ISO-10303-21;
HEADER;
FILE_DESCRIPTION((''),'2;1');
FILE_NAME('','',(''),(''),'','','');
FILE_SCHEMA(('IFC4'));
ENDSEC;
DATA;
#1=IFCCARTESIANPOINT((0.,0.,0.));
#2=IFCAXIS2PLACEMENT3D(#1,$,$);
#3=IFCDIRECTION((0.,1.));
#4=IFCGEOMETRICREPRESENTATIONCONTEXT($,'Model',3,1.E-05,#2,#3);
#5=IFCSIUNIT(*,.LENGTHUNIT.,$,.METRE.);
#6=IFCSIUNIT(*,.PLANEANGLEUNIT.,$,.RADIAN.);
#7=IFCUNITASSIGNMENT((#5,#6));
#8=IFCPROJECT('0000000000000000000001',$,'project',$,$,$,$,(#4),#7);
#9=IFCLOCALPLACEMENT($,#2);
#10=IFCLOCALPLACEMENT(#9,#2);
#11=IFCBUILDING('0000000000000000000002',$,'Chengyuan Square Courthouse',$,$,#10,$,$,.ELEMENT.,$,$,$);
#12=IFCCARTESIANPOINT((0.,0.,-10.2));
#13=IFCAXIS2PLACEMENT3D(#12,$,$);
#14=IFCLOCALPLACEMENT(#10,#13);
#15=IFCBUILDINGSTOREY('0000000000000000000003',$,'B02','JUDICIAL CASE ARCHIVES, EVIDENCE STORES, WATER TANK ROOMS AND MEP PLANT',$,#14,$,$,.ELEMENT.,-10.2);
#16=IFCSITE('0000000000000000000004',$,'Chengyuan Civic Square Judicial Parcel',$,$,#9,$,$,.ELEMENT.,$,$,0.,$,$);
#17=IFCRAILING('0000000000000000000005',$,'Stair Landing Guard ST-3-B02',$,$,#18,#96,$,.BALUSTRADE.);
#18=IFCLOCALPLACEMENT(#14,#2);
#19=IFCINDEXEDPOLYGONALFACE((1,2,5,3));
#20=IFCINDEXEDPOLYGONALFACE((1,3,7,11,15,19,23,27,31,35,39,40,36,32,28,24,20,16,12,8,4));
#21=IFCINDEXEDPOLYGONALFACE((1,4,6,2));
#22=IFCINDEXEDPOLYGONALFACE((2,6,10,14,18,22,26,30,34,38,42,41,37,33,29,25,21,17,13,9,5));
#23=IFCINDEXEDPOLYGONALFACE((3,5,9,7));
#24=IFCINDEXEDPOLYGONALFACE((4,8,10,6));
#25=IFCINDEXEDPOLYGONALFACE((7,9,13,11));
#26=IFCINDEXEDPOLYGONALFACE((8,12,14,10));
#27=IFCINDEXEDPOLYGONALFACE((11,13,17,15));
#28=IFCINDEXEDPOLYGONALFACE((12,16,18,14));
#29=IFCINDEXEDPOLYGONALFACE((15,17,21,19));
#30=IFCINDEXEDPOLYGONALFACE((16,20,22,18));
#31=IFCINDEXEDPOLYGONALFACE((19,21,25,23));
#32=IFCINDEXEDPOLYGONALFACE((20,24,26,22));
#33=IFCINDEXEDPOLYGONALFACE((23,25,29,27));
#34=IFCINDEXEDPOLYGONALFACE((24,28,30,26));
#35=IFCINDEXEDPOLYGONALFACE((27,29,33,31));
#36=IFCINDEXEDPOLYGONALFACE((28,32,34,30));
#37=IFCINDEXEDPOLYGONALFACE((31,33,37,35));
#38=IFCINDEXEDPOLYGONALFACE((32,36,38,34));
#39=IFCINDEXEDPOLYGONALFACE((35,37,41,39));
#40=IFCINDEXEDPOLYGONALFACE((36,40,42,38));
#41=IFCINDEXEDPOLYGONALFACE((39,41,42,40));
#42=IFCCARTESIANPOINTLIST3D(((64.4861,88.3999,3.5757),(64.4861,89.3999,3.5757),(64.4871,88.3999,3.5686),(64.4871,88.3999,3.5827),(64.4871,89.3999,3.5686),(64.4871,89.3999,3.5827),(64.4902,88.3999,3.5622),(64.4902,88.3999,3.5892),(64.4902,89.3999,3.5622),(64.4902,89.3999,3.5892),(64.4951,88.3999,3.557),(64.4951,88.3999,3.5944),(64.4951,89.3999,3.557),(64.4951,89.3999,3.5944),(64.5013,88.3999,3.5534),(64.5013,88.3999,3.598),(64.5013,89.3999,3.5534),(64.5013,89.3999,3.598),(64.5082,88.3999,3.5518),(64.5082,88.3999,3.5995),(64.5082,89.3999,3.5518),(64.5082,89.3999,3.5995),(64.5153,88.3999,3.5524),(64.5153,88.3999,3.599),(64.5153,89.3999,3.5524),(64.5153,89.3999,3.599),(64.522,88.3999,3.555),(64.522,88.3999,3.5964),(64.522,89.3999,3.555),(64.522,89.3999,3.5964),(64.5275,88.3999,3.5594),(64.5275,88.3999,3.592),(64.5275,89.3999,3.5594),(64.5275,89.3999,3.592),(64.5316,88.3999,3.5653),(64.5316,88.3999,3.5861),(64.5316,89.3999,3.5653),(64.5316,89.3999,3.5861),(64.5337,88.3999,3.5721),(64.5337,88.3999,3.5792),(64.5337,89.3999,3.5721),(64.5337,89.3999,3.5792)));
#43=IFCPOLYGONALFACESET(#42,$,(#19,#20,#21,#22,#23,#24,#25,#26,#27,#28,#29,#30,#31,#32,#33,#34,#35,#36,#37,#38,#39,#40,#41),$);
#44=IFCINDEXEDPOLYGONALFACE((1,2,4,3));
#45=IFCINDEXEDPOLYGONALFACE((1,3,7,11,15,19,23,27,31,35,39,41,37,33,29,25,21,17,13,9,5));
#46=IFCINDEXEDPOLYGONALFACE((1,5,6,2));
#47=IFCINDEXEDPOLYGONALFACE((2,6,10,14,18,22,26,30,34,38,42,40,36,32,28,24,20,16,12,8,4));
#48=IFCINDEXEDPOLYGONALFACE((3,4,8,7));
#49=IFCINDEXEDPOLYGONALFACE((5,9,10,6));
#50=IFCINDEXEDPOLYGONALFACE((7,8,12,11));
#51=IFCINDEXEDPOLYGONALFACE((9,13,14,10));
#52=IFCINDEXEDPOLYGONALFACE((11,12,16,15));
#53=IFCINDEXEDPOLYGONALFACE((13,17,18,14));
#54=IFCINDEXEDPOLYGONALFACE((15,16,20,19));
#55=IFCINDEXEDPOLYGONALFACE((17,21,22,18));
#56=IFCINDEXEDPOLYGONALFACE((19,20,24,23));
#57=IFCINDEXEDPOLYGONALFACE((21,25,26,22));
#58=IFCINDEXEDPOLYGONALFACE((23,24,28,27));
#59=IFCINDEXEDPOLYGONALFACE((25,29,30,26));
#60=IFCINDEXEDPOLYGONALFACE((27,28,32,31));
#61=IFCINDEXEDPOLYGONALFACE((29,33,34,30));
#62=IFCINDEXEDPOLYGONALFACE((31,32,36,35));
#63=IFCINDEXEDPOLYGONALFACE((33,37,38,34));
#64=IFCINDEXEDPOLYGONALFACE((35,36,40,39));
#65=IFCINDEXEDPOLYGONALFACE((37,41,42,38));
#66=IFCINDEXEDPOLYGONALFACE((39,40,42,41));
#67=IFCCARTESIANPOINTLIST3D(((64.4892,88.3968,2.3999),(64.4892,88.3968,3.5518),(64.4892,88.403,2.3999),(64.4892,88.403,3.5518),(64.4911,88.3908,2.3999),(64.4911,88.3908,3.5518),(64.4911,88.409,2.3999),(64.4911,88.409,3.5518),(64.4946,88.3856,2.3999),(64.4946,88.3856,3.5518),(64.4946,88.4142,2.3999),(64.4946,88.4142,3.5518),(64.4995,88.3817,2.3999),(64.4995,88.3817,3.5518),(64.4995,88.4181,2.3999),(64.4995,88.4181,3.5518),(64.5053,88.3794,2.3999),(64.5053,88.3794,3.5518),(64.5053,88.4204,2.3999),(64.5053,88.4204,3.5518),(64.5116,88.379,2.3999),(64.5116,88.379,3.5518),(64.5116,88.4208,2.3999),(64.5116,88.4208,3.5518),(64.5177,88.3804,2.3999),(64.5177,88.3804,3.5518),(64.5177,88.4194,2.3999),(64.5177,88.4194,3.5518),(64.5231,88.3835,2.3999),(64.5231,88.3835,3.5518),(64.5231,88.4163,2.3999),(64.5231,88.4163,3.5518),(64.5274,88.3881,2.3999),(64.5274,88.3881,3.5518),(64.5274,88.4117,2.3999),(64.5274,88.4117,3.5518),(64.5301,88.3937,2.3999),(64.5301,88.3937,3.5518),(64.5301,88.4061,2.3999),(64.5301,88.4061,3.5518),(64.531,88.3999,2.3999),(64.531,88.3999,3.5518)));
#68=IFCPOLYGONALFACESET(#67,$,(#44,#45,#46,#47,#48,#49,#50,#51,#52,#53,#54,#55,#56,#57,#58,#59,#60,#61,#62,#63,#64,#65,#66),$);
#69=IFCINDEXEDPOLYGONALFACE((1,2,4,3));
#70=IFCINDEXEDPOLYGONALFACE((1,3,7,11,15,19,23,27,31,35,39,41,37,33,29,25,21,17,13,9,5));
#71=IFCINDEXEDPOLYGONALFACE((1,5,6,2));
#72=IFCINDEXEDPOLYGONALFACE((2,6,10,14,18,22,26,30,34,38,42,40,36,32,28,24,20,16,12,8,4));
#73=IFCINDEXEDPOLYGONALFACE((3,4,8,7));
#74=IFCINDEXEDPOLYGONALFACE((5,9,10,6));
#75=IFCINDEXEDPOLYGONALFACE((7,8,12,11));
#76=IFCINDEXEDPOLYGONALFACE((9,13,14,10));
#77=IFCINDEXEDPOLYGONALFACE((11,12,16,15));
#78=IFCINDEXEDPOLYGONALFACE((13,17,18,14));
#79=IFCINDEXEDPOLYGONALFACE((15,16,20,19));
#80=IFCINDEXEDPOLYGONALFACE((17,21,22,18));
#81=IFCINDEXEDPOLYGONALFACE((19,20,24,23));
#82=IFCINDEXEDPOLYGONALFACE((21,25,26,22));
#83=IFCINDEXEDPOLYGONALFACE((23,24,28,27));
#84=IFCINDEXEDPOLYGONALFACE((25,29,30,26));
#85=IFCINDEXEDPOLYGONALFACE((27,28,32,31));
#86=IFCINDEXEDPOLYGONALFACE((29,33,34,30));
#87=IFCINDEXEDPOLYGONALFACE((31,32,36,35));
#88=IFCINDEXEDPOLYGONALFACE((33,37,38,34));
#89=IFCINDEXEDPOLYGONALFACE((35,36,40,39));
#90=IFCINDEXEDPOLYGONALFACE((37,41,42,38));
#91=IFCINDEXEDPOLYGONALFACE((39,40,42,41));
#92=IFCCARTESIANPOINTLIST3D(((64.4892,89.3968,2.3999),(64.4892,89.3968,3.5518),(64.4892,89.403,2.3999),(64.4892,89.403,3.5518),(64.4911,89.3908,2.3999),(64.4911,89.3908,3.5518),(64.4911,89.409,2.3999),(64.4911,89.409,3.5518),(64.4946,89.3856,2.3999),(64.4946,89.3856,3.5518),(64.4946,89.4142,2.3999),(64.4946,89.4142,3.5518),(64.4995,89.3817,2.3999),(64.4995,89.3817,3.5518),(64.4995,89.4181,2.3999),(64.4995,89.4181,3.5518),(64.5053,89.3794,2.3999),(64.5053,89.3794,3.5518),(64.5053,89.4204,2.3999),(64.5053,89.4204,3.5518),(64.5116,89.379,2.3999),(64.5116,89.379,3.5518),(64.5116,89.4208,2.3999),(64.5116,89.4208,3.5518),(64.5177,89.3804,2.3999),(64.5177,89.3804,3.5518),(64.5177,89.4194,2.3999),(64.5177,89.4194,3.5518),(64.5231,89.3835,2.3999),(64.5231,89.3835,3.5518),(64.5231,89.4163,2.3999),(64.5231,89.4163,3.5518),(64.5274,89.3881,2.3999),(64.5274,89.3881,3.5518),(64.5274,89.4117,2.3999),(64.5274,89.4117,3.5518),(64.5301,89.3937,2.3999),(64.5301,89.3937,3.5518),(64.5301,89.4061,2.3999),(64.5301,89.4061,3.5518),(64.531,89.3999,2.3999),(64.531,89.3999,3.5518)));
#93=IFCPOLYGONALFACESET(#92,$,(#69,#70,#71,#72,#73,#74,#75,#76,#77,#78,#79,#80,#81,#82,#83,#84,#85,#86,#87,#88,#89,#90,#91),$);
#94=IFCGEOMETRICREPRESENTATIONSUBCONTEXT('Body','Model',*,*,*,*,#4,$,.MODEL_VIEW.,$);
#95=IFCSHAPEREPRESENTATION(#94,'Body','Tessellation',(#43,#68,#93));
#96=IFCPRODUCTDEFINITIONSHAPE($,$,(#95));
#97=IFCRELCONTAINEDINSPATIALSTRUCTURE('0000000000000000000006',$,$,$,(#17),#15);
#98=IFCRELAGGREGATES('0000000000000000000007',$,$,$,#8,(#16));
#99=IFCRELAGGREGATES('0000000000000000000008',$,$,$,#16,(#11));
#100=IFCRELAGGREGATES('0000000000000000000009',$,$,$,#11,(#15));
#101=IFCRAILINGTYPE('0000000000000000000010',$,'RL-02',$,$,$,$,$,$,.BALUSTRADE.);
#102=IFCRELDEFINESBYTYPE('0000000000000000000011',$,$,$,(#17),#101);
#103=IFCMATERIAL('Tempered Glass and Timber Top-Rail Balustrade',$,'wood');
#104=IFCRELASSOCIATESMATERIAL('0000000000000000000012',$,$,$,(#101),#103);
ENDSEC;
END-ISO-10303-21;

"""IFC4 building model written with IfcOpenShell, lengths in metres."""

from ifc_helpers import new_model, si_unit, direction, frame, origin, origin_2d, place, context, subcontext, project, spatial, circle, extrude, material, type_object, element, save


model = new_model("IFC4")

# Units and contexts
model_context = context("Model", 3, precision=1e-05, world=origin(), true_north=direction((0.0, 1.0)))
body_context = subcontext(model_context, "Body", "Model", "MODEL_VIEW")
ifc_project = project(units=[si_unit("LENGTHUNIT", "METRE"), si_unit("PLANEANGLEUNIT", "RADIAN")], contexts=[model_context])

# Site, building, storey
site_placement = place(None, origin())
site = spatial("IfcSite", under=ifc_project, at=site_placement, Name="Chengyuan Civic Square Judicial Parcel", CompositionType="ELEMENT", RefElevation=0.0)
building_placement = place(site_placement, origin())
building = spatial("IfcBuilding", under=site, at=building_placement, Name="Chengyuan Square Courthouse", CompositionType="ELEMENT")
storey_placement = place(building_placement, frame((0.0, 0.0, -10.2)))
storey = spatial("IfcBuildingStorey", under=building, at=storey_placement, Name="B02", Description="JUDICIAL CASE ARCHIVES, EVIDENCE STORES, WATER TANK ROOMS AND MEP PLANT", CompositionType="ELEMENT", Elevation=-10.2)

# Railing
ifc_material_1 = material(Name="Tempered Glass and Timber Top-Rail Balustrade", Category="wood")
railing_type_1 = type_object("IfcRailingType", Name="RL-02", PredefinedType="BALUSTRADE", material=ifc_material_1)
railing_1_placement = place(storey_placement, frame((64.51, 88.3999, 2.3999)))
element("IfcRailing", 1, at=railing_1_placement, inside=storey, type_object=railing_type_1, Name="Stair Landing Guard ST-3-B02", PredefinedType="BALUSTRADE", context=body_context, shape_type="SweptSolid", body=[
    extrude(circle(Radius=0.0239, at=origin_2d()), frame((0.0, 0.0, 1.1758), z_axis=(0.0, 1.0, 0.0), x_axis=(-1.0, 0.0, 0.0)), (0.0, 0.0, 1.0), 1.0),
    extrude(circle(Radius=0.021, at=origin_2d()), origin(), (0.0, 0.0, 1.0), 1.1519),
    extrude(circle(Radius=0.021, at=origin_2d()), frame((0.0, 1.0, 0.0)), (0.0, 0.0, 1.0), 1.1519),
])

save(model, "model.ifc")
